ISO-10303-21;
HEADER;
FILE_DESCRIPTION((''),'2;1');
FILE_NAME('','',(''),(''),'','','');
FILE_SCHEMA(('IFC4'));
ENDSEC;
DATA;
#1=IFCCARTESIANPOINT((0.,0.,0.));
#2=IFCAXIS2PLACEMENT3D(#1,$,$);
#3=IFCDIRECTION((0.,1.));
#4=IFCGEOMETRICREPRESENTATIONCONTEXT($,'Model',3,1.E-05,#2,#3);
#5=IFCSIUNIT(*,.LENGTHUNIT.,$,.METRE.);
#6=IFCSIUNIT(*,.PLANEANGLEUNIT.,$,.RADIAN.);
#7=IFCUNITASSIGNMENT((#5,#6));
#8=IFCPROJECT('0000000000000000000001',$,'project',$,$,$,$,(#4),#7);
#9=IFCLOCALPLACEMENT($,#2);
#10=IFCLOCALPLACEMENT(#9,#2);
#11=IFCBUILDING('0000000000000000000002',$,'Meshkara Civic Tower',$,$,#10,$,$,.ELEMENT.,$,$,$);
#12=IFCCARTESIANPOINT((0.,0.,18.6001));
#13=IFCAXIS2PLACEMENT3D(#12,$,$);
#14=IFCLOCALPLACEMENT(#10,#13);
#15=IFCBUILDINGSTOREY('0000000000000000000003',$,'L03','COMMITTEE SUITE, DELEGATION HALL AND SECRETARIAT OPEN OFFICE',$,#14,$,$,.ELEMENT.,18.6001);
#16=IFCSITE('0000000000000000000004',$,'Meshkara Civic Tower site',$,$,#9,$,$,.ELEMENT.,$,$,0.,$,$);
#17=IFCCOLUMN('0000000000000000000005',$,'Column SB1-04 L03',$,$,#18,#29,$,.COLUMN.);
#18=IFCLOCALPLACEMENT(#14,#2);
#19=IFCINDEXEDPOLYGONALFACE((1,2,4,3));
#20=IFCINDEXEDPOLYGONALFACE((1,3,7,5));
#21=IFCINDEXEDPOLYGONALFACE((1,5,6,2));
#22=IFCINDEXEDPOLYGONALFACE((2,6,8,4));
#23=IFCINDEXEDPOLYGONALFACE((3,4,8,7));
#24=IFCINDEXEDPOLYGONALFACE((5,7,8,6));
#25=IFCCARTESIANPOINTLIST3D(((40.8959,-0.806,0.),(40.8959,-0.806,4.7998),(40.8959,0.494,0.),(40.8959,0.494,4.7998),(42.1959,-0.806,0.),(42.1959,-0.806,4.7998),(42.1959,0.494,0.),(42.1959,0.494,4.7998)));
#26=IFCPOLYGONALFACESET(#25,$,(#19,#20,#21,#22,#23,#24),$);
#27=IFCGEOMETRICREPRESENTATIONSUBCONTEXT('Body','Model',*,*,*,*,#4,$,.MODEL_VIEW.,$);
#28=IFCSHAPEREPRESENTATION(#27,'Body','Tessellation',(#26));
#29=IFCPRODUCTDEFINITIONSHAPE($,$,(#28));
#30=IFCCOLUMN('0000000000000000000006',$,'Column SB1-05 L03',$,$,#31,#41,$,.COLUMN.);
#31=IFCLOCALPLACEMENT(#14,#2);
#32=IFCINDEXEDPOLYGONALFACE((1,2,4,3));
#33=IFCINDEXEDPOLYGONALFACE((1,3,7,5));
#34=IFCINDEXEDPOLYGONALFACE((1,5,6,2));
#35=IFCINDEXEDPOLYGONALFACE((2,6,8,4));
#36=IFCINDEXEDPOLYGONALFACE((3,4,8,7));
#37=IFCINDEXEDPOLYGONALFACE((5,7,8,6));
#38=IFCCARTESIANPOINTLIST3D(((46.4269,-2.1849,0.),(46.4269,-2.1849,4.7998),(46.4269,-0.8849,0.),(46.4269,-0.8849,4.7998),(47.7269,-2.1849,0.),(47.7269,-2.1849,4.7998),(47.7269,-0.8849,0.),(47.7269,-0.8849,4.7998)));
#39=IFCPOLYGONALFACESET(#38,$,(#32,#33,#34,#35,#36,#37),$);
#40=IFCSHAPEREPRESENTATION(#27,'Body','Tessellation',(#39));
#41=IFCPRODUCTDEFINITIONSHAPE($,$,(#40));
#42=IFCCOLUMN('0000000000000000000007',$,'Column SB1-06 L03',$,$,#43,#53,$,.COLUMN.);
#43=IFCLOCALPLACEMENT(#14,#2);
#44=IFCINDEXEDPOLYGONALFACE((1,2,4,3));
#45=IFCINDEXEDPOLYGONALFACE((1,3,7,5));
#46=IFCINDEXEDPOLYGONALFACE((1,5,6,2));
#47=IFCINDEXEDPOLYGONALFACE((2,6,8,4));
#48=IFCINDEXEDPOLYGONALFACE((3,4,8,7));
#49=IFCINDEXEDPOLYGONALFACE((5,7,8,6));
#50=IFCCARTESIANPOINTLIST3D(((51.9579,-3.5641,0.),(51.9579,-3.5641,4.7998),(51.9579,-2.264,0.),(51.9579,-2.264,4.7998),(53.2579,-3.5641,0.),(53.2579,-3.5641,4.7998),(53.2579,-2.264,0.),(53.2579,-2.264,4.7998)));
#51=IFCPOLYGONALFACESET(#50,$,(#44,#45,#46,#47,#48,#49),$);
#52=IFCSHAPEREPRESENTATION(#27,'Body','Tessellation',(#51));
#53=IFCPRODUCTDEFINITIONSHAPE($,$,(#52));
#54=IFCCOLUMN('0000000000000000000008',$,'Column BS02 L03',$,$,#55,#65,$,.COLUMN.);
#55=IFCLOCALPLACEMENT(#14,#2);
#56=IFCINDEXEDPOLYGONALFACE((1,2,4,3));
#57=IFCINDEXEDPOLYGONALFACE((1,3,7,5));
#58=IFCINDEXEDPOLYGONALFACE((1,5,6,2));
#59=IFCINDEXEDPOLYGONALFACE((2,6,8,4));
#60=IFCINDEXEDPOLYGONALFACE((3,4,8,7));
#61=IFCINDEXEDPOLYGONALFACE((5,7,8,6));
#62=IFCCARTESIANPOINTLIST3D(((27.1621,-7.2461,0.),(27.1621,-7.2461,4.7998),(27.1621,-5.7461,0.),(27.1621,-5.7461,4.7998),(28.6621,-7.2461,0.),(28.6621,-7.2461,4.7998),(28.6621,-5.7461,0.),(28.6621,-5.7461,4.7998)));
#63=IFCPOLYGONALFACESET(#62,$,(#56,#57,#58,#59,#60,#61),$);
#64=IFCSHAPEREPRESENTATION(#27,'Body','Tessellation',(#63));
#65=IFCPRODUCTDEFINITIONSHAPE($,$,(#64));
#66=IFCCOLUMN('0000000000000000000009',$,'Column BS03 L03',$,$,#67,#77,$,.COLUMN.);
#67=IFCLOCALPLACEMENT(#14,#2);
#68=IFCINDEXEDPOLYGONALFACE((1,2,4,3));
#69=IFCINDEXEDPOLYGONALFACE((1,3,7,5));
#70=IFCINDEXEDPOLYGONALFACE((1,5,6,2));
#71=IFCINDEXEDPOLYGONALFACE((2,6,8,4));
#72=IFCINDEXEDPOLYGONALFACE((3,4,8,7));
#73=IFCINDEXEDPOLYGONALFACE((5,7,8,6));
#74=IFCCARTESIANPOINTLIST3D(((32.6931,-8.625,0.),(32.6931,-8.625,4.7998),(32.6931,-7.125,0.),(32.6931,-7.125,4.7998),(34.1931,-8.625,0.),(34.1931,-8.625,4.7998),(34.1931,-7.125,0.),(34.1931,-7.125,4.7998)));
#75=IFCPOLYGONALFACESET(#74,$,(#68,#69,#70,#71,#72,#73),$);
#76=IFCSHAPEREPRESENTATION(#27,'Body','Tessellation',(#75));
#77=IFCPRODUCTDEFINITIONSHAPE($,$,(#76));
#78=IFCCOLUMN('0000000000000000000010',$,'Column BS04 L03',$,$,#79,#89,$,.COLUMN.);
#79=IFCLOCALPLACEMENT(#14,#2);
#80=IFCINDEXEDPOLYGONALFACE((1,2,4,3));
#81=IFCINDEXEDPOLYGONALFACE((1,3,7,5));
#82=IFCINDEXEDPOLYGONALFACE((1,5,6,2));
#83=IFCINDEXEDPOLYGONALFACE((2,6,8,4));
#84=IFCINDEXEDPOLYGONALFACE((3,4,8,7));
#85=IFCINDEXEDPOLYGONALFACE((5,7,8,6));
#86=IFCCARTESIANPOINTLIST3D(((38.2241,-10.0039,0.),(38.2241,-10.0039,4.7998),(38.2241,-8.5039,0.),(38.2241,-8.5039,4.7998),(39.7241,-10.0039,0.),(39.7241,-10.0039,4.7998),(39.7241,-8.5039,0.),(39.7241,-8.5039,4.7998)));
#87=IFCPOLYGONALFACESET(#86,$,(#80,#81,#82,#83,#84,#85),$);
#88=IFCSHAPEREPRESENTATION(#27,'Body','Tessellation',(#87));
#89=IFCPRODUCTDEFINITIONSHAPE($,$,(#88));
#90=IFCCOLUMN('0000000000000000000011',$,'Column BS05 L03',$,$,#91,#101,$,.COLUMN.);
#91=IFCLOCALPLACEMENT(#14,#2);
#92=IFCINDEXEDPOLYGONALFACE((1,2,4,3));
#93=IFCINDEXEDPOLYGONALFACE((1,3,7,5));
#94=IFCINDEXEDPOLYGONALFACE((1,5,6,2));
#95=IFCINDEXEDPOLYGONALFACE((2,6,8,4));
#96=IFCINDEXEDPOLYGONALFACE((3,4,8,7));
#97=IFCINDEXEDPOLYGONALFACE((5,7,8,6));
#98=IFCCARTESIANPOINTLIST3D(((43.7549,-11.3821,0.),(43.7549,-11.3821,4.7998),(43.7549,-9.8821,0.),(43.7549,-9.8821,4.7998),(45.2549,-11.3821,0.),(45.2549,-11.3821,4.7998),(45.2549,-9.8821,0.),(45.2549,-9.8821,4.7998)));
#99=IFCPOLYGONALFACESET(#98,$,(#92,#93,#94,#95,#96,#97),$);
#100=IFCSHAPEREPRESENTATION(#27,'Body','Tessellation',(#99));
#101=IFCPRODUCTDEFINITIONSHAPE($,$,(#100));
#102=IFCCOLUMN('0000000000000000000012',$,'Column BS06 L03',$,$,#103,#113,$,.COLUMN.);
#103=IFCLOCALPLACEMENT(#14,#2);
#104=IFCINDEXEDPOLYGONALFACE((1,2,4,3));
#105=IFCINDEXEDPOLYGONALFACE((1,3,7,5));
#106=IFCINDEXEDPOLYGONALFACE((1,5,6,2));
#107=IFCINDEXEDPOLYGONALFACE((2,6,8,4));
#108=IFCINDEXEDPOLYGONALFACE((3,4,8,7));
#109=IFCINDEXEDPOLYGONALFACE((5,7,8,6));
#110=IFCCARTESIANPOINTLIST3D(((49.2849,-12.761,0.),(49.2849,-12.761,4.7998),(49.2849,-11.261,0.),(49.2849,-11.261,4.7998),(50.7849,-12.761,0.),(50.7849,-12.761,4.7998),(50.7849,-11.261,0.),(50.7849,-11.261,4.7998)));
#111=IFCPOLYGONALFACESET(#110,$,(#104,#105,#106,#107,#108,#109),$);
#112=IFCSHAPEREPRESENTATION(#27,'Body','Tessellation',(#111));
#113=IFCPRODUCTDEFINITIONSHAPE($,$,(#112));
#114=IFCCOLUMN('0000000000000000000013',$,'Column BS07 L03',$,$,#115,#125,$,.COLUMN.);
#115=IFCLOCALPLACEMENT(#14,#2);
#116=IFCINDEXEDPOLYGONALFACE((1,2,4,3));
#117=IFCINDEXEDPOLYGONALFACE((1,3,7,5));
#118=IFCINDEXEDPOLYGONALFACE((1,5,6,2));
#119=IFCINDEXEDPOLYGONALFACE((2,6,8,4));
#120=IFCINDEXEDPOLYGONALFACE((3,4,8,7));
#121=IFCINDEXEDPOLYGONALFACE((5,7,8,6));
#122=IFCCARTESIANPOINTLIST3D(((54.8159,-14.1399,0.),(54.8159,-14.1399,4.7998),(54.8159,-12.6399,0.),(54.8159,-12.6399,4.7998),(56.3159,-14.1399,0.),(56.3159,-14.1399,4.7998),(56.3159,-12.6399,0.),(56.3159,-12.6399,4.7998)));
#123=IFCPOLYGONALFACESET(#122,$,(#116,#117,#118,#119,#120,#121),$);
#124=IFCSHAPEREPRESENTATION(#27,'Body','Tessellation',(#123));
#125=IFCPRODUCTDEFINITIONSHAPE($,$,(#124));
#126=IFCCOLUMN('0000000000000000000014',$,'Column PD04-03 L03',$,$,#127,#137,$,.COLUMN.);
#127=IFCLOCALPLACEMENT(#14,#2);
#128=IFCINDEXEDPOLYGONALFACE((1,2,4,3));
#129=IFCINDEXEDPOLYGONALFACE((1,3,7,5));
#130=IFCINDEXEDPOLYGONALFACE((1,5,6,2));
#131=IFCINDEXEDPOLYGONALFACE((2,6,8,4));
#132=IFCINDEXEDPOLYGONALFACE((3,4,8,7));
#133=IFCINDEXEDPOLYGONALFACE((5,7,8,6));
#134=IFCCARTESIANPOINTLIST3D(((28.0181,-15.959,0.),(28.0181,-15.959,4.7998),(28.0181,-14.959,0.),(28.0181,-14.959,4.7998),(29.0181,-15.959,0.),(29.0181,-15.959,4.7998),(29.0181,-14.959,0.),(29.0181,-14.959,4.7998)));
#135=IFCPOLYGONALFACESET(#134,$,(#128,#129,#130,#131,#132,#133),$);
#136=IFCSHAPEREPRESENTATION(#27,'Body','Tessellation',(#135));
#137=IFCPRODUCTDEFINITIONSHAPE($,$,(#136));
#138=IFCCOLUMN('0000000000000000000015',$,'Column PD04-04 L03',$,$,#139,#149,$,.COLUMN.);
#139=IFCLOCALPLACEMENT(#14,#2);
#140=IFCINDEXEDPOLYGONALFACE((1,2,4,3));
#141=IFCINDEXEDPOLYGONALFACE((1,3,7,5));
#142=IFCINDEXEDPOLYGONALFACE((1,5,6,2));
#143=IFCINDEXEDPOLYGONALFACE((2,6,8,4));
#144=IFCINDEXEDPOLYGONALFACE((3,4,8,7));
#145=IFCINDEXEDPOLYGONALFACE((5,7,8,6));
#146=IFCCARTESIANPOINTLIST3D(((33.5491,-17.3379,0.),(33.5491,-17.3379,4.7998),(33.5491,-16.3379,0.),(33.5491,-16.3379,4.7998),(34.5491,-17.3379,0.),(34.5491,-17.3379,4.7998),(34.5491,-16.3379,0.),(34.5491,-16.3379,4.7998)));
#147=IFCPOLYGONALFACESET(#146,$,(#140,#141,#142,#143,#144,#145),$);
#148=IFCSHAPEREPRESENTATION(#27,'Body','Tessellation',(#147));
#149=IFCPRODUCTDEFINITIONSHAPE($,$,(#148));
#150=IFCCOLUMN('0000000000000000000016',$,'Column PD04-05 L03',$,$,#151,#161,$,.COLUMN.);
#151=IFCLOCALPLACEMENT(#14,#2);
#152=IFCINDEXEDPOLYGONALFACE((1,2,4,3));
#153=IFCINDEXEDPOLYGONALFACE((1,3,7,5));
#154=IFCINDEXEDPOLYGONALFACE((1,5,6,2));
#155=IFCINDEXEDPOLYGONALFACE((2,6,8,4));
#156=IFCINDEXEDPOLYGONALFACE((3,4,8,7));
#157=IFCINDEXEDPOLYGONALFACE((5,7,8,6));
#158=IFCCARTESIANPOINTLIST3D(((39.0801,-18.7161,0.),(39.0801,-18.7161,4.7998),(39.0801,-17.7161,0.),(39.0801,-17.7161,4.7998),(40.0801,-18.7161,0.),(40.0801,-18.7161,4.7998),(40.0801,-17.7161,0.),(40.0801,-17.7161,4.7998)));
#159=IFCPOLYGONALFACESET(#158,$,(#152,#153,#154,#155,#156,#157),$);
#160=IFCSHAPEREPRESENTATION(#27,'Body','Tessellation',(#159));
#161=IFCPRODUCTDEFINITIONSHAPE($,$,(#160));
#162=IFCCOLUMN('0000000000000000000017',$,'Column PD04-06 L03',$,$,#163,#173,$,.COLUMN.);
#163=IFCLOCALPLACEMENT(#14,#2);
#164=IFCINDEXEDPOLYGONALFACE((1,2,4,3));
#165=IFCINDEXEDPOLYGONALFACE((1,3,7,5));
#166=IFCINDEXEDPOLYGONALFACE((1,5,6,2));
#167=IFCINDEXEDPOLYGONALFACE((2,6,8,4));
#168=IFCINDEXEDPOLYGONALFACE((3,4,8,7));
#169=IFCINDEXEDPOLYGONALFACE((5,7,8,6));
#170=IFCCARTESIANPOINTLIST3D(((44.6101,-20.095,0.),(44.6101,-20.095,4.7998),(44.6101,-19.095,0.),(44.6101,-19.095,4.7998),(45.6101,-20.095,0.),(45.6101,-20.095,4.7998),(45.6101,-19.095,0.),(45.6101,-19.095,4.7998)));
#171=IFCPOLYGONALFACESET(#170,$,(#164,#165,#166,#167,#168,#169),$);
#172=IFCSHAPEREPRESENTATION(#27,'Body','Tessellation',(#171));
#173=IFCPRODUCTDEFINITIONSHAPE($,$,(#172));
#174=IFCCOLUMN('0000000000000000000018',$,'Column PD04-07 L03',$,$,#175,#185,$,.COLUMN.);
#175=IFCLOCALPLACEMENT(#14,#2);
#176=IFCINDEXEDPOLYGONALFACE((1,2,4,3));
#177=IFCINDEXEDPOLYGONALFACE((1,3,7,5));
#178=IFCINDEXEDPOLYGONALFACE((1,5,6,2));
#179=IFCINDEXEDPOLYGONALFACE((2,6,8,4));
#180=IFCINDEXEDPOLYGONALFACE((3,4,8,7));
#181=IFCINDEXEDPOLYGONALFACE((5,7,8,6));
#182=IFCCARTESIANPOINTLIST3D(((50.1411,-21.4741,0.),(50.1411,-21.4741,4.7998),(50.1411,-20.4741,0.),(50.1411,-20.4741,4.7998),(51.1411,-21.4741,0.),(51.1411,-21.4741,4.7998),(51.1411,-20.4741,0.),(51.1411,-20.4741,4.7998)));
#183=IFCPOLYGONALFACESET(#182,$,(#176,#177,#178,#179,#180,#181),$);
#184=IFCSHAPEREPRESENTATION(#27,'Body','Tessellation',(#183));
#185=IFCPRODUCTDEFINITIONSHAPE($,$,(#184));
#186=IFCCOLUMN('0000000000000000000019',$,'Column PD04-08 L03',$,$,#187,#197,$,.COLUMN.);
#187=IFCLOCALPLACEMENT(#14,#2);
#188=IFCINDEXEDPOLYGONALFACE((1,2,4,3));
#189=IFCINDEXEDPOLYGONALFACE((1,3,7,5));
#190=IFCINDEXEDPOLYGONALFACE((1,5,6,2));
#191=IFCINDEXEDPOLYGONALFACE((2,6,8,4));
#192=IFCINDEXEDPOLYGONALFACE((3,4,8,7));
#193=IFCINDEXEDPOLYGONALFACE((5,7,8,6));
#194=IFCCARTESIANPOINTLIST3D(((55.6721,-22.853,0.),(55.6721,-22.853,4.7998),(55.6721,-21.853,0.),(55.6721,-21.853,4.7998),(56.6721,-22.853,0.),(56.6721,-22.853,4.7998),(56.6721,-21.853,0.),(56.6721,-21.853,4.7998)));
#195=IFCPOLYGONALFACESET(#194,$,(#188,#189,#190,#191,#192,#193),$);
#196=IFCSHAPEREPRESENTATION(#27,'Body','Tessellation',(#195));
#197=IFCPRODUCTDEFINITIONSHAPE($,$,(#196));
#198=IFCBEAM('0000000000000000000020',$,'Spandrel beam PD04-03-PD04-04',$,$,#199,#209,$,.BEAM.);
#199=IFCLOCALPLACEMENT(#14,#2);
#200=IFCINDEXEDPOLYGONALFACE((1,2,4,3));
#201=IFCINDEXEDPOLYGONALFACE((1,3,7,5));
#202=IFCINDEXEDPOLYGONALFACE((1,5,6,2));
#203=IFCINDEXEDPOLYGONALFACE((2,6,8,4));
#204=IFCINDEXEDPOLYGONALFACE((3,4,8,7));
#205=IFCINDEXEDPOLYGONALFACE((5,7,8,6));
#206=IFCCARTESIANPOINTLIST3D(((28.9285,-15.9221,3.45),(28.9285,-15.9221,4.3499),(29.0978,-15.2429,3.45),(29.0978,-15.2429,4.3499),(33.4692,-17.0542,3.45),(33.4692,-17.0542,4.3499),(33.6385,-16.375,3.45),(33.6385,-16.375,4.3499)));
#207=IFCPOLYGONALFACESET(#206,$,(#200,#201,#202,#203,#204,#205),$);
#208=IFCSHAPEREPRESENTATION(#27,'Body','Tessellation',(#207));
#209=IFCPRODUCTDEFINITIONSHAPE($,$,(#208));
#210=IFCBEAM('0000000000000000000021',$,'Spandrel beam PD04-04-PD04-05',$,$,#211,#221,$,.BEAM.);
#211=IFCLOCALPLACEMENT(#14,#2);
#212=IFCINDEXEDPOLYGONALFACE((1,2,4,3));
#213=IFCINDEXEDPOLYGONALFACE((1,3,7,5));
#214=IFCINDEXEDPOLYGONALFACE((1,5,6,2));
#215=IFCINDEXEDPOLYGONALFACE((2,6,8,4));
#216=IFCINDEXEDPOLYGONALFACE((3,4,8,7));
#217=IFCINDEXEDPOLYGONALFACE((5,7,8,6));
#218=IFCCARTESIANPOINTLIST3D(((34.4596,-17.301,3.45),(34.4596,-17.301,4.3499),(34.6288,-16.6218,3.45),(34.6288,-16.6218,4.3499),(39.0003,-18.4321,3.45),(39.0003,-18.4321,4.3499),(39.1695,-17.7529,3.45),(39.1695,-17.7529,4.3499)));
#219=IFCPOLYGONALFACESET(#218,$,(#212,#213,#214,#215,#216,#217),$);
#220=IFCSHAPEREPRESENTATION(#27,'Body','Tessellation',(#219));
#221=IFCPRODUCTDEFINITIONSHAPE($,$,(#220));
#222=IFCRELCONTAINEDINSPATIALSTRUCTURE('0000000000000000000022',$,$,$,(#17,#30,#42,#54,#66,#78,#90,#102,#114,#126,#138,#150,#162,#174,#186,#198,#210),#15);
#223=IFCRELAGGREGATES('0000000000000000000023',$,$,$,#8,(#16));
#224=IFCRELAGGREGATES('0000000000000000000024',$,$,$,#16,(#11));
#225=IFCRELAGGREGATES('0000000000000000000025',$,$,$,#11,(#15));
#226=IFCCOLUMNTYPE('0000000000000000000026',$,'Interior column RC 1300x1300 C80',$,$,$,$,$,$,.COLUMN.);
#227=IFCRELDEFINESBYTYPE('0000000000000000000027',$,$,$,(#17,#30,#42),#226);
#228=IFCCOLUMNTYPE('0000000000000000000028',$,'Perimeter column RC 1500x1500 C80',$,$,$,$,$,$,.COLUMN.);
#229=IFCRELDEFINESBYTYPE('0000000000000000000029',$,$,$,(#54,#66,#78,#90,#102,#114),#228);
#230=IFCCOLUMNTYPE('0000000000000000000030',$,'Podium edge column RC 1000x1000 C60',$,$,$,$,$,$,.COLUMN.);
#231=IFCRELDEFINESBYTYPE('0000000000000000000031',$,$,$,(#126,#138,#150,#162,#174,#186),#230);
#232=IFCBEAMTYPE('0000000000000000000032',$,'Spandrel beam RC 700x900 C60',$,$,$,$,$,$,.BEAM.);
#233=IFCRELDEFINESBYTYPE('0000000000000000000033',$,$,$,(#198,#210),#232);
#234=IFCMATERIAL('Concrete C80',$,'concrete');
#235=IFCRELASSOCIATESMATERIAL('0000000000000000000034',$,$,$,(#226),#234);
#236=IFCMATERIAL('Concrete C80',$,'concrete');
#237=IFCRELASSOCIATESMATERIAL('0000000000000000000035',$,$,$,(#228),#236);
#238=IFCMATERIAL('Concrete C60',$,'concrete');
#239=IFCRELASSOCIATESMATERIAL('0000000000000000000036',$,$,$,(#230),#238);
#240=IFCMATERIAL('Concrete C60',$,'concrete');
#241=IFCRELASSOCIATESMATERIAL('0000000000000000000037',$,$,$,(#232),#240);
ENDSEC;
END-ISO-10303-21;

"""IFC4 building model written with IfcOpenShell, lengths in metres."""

from ifc_helpers import new_model, si_unit, direction, frame, origin, origin_2d, place, context, subcontext, project, spatial, rectangle, extrude, material, material_profile, profile_set, type_object, element, save


model = new_model("IFC4")

# Units and contexts
model_context = context("Model", 3, precision=1e-05, world=origin(), true_north=direction((0.0, 1.0)))
body_context = subcontext(model_context, "Body", "Model", "MODEL_VIEW")
ifc_project = project(units=[si_unit("LENGTHUNIT", "METRE"), si_unit("PLANEANGLEUNIT", "RADIAN")], contexts=[model_context])

# Site, building, storey
site_placement = place(None, origin())
site = spatial("IfcSite", under=ifc_project, at=site_placement, Name="Meshkara Civic Tower site", CompositionType="ELEMENT", RefElevation=0.0)
building_placement = place(site_placement, origin())
building = spatial("IfcBuilding", under=site, at=building_placement, Name="Meshkara Civic Tower", CompositionType="ELEMENT")
storey_placement = place(building_placement, frame((0.0, 0.0, 18.6001)))
storey = spatial("IfcBuildingStorey", under=building, at=storey_placement, Name="L03", Description="COMMITTEE SUITE, DELEGATION HALL AND SECRETARIAT OPEN OFFICE", CompositionType="ELEMENT", Elevation=18.6001)

# Columns
ifc_material_1 = material(Name="Concrete C80", Category="concrete")
ifc_material_profile_1 = material_profile(ifc_material_1, rectangle(XDim=1.3, YDim=1.3, at=origin_2d()))
ifc_profile_set_1 = profile_set([ifc_material_profile_1], Name="Concrete C80")
column_type_1 = type_object("IfcColumnType", Name="Interior column RC 1300x1300 C80", PredefinedType="COLUMN", material=ifc_profile_set_1)
for number, where, z_axis, x_axis, name in (
    (1, (41.5459, -0.156, 0.0), (0.0, 0.0, 1.0), (1.0, 0.0, 0.0), "Column SB1-04 L03"),
    (2, (47.0769, -1.5349, 0.0), (0.0, 0.0, 1.0), (1.0, 0.0, 0.0), "Column SB1-05 L03"),
    (3, (52.6079, -2.9141, 0.0), (0.0, 0.0, 1.0), (1.0, 0.0, 0.0), "Column SB1-06 L03"),
):
    element("IfcColumn", number, at=place(storey_placement, frame(where, z_axis=z_axis, x_axis=x_axis)), inside=storey, type_object=column_type_1, Name=name, PredefinedType="COLUMN", context=body_context, shape_type="SweptSolid", body=[
        extrude(rectangle(XDim=1.3, YDim=1.3, at=origin_2d()), origin(), (0.0, 0.0, 1.0), 4.7998),
    ])
ifc_material_2 = material(Name="Concrete C80", Category="concrete")
ifc_material_profile_2 = material_profile(ifc_material_2, rectangle(XDim=1.5, YDim=1.5, at=origin_2d()))
ifc_profile_set_2 = profile_set([ifc_material_profile_2], Name="Concrete C80")
column_type_2 = type_object("IfcColumnType", Name="Perimeter column RC 1500x1500 C80", PredefinedType="COLUMN", material=ifc_profile_set_2)
for number, where, z_axis, x_axis, name in (
    (4, (27.9121, -6.4961, 0.0), (0.0, 0.0, 1.0), (1.0, 0.0, 0.0), "Column BS02 L03"),
    (5, (33.4431, -7.875, 0.0), (0.0, 0.0, 1.0), (1.0, 0.0, 0.0), "Column BS03 L03"),
    (6, (38.9741, -9.2539, 0.0), (0.0, 0.0, 1.0), (1.0, 0.0, 0.0), "Column BS04 L03"),
    (7, (44.5049, -10.6321, 0.0), (0.0, 0.0, 1.0), (1.0, 0.0, 0.0), "Column BS05 L03"),
    (8, (50.0349, -12.011, 0.0), (0.0, 0.0, 1.0), (1.0, 0.0, 0.0), "Column BS06 L03"),
    (9, (55.5659, -13.3899, 0.0), (0.0, 0.0, 1.0), (1.0, 0.0, 0.0), "Column BS07 L03"),
):
    element("IfcColumn", number, at=place(storey_placement, frame(where, z_axis=z_axis, x_axis=x_axis)), inside=storey, type_object=column_type_2, Name=name, PredefinedType="COLUMN", context=body_context, shape_type="SweptSolid", body=[
        extrude(rectangle(XDim=1.5, YDim=1.5, at=origin_2d()), origin(), (0.0, 0.0, 1.0), 4.7998),
    ])
ifc_material_3 = material(Name="Concrete C60", Category="concrete")
ifc_material_profile_3 = material_profile(ifc_material_3, rectangle(XDim=1.0, YDim=1.0, at=origin_2d()))
ifc_profile_set_3 = profile_set([ifc_material_profile_3], Name="Concrete C60")
column_type_3 = type_object("IfcColumnType", Name="Podium edge column RC 1000x1000 C60", PredefinedType="COLUMN", material=ifc_profile_set_3)
for number, where, z_axis, x_axis, name in (
    (10, (28.5181, -15.459, 0.0), (0.0, 0.0, 1.0), (1.0, 0.0, 0.0), "Column PD04-03 L03"),
    (11, (34.0491, -16.8379, 0.0), (0.0, 0.0, 1.0), (1.0, 0.0, 0.0), "Column PD04-04 L03"),
    (12, (39.5801, -18.2161, 0.0), (0.0, 0.0, 1.0), (1.0, 0.0, 0.0), "Column PD04-05 L03"),
    (13, (45.1101, -19.595, 0.0), (0.0, 0.0, 1.0), (1.0, 0.0, 0.0), "Column PD04-06 L03"),
    (14, (50.6411, -20.9741, 0.0), (0.0, 0.0, 1.0), (1.0, 0.0, 0.0), "Column PD04-07 L03"),
    (15, (56.1721, -22.353, 0.0), (0.0, 0.0, 1.0), (1.0, 0.0, 0.0), "Column PD04-08 L03"),
):
    element("IfcColumn", number, at=place(storey_placement, frame(where, z_axis=z_axis, x_axis=x_axis)), inside=storey, type_object=column_type_3, Name=name, PredefinedType="COLUMN", context=body_context, shape_type="SweptSolid", body=[
        extrude(rectangle(XDim=1.0, YDim=1.0, at=origin_2d()), origin(), (0.0, 0.0, 1.0), 4.7998),
    ])

# Beams
ifc_material_4 = material(Name="Concrete C60", Category="concrete")
ifc_material_profile_4 = material_profile(ifc_material_4, rectangle(XDim=0.7, YDim=0.8999, at=origin_2d()))
ifc_profile_set_4 = profile_set([ifc_material_profile_4], Name="Concrete C60")
beam_type = type_object("IfcBeamType", Name="Spandrel beam RC 700x900 C60", PredefinedType="BEAM", material=ifc_profile_set_4)
beam_1_placement = place(storey_placement, frame((29.0132, -15.5825, 3.8999), z_axis=(0.970299, -0.24191, 0.0), x_axis=(0.24191, 0.970299, 0.0)))
element("IfcBeam", 16, at=beam_1_placement, inside=storey, type_object=beam_type, Name="Spandrel beam PD04-03-PD04-04", PredefinedType="BEAM", context=body_context, shape_type="SweptSolid", body=[
    extrude(rectangle(XDim=0.7, YDim=0.8999, at=origin_2d()), origin(), (0.0, 0.0, 1.0), 4.6797),
])
beam_2_placement = place(storey_placement, frame((34.5442, -16.9614, 3.8999), z_axis=(0.970348, -0.241713, 0.0), x_axis=(0.241713, 0.970348, 0.0)))
element("IfcBeam", 17, at=beam_2_placement, inside=storey, type_object=beam_type, Name="Spandrel beam PD04-04-PD04-05", PredefinedType="BEAM", context=body_context, shape_type="SweptSolid", body=[
    extrude(rectangle(XDim=0.7, YDim=0.8999, at=origin_2d()), origin(), (0.0, 0.0, 1.0), 4.6794),
])

save(model, "model.ifc")
